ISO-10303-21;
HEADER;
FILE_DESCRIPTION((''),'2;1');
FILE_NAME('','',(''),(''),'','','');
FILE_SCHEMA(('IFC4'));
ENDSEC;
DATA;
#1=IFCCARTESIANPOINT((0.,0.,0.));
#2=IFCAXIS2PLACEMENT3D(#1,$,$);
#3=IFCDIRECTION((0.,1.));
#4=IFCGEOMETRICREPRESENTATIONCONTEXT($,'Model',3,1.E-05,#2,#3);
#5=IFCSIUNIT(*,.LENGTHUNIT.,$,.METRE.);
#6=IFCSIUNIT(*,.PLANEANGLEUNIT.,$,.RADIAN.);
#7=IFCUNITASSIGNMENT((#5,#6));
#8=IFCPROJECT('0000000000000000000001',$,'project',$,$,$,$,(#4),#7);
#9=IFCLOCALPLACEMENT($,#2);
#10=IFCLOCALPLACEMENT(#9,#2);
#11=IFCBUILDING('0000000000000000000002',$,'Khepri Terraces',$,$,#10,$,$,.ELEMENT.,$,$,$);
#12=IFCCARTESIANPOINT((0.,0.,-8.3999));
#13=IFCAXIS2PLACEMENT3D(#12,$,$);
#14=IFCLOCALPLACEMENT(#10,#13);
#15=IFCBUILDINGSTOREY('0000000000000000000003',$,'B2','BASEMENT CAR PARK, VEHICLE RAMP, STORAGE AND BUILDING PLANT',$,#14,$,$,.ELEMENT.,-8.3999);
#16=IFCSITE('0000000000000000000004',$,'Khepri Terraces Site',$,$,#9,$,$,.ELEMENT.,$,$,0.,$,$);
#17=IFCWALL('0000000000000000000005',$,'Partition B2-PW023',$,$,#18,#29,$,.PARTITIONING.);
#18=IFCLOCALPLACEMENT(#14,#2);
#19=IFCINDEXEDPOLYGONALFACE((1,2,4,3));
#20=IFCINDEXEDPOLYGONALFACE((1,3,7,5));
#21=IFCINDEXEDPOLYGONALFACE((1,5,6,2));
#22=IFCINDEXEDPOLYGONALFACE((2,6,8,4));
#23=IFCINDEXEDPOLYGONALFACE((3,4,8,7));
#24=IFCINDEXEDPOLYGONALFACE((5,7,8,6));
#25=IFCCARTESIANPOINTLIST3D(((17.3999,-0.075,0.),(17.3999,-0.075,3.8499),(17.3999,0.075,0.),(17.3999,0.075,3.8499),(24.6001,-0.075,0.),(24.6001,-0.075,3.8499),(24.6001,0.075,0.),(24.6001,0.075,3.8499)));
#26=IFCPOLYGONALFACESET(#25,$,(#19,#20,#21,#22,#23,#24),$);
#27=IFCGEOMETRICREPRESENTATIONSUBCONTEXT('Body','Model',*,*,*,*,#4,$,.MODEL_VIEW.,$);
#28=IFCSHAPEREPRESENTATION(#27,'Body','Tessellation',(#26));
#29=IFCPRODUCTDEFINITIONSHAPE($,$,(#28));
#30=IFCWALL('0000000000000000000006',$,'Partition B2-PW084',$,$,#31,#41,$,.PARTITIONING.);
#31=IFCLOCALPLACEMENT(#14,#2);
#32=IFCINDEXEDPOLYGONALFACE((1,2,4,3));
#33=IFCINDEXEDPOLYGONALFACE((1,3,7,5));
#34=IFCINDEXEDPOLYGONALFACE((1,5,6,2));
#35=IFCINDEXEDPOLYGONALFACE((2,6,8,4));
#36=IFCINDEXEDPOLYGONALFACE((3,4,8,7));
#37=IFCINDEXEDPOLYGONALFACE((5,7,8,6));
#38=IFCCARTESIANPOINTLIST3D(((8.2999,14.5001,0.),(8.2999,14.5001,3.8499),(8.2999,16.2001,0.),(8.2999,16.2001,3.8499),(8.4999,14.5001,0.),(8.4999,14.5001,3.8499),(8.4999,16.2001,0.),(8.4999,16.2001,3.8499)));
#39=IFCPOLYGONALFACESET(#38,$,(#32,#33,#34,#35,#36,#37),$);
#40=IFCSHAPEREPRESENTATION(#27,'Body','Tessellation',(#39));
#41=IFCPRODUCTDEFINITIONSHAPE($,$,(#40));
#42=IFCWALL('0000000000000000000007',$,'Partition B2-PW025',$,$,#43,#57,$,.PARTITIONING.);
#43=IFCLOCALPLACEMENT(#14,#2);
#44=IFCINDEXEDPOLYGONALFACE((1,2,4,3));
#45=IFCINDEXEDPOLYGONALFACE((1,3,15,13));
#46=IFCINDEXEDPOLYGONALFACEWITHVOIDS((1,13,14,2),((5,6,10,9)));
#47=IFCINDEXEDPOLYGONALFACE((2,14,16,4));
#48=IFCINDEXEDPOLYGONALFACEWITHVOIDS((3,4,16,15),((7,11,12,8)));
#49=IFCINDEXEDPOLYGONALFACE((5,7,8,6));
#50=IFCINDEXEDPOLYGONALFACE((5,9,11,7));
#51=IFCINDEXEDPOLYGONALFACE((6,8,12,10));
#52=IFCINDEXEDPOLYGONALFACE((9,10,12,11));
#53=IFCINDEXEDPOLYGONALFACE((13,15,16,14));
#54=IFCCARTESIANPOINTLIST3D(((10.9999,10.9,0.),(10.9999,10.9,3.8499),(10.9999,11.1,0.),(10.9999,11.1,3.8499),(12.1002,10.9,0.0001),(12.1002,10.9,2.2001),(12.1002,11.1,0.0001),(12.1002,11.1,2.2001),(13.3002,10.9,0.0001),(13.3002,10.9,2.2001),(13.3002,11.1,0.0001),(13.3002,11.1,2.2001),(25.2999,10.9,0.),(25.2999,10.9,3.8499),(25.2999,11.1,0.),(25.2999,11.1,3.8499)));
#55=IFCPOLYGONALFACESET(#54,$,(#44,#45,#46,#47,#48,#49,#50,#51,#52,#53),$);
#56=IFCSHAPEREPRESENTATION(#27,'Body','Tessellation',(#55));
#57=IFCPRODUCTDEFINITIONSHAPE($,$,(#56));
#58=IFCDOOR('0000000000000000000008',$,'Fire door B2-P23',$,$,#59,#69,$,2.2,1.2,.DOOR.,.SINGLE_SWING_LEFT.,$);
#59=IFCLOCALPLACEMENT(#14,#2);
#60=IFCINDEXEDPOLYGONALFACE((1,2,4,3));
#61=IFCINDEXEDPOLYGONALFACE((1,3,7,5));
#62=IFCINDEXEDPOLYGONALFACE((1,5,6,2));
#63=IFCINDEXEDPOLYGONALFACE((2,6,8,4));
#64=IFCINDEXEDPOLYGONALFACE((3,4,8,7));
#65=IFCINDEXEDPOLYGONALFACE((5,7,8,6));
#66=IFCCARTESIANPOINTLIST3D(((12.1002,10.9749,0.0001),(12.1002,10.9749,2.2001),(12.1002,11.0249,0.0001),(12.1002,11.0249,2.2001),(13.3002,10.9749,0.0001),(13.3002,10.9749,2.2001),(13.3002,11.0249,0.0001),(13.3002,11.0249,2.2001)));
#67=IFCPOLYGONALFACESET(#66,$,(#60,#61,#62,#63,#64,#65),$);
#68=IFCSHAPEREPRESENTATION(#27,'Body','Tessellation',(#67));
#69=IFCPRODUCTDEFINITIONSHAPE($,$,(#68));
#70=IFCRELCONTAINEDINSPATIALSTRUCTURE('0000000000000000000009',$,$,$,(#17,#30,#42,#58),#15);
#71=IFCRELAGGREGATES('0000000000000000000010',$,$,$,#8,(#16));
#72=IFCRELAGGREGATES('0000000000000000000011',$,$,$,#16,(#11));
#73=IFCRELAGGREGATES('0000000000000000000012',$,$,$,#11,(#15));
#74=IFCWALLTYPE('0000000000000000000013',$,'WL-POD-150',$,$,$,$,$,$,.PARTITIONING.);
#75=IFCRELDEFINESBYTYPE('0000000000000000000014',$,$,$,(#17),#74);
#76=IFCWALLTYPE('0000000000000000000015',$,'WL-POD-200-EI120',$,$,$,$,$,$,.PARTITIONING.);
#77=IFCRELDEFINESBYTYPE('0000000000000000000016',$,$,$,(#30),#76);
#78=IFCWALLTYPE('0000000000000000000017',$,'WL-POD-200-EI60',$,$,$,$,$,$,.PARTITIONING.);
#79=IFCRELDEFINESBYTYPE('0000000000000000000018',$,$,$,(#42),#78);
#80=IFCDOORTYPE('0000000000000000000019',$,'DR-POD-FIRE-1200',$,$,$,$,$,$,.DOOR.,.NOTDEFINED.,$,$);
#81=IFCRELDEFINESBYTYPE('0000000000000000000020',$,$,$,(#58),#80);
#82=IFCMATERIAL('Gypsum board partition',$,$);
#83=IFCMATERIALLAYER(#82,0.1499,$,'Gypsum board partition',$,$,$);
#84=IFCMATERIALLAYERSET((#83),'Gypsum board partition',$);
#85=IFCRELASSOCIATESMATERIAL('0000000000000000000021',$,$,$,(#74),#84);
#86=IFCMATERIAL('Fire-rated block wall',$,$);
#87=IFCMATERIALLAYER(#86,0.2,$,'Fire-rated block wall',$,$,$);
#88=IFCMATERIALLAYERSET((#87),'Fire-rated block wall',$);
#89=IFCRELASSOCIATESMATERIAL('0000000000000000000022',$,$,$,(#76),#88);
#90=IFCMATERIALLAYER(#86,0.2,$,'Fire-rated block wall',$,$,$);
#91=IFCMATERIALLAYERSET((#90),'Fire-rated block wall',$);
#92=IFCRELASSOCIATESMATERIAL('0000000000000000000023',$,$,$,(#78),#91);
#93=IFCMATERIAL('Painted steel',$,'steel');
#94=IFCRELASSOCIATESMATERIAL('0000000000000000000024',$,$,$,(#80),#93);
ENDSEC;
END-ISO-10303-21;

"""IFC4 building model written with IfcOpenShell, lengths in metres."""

from ifc_helpers import new_model, si_unit, direction, frame, frame_2d, origin, place, context, subcontext, project, spatial, rectangle, extrude, material, layer, layer_set, type_object, element, fill, save


model = new_model("IFC4")

# Units and contexts
model_context = context("Model", 3, precision=1e-05, world=origin(), true_north=direction((0.0, 1.0)))
body_context = subcontext(model_context, "Body", "Model", "MODEL_VIEW")
ifc_project = project(units=[si_unit("LENGTHUNIT", "METRE"), si_unit("PLANEANGLEUNIT", "RADIAN")], contexts=[model_context])

# Site, building, storey
site_placement = place(None, origin())
site = spatial("IfcSite", under=ifc_project, at=site_placement, Name="Khepri Terraces Site", CompositionType="ELEMENT", RefElevation=0.0)
building_placement = place(site_placement, origin())
building = spatial("IfcBuilding", under=site, at=building_placement, Name="Khepri Terraces", CompositionType="ELEMENT")
storey_placement = place(building_placement, frame((0.0, 0.0, -8.3999)))
storey = spatial("IfcBuildingStorey", under=building, at=storey_placement, Name="B2", Description="BASEMENT CAR PARK, VEHICLE RAMP, STORAGE AND BUILDING PLANT", CompositionType="ELEMENT", Elevation=-8.3999)

# Walls
ifc_material_1 = material(Name="Gypsum board partition")
ifc_layer_1 = layer(ifc_material_1, 0.1499, Name="Gypsum board partition")
ifc_layer_set_1 = layer_set([ifc_layer_1], Name="Gypsum board partition")
wall_type_1 = type_object("IfcWallType", Name="WL-POD-150", PredefinedType="PARTITIONING", material=ifc_layer_set_1)
wall_1_placement = place(storey_placement, frame((17.3999, 0.0, 0.0), z_axis=(0.0, 0.0, 1.0), x_axis=(1.0, 0.0, 0.0)))
element("IfcWall", 1, at=wall_1_placement, inside=storey, type_object=wall_type_1, Name="Partition B2-PW023", PredefinedType="PARTITIONING", context=body_context, shape_type="SweptSolid", body=[
    extrude(rectangle(XDim=7.2002, YDim=0.1499, at=frame_2d((3.6001, 0.0))), origin(), (0.0, 0.0, 1.0), 3.8499),
])
ifc_material_2 = material(Name="Fire-rated block wall")
ifc_layer_2 = layer(ifc_material_2, 0.2, Name="Fire-rated block wall")
ifc_layer_set_2 = layer_set([ifc_layer_2], Name="Fire-rated block wall")
wall_type_2 = type_object("IfcWallType", Name="WL-POD-200-EI120", PredefinedType="PARTITIONING", material=ifc_layer_set_2)
wall_2_placement = place(storey_placement, frame((8.3999, 14.5, 0.0), z_axis=(0.0, 0.0, 1.0), x_axis=(0.0, 1.0, 0.0)))
element("IfcWall", 2, at=wall_2_placement, inside=storey, type_object=wall_type_2, Name="Partition B2-PW084", PredefinedType="PARTITIONING", context=body_context, shape_type="SweptSolid", body=[
    extrude(rectangle(XDim=1.7, YDim=0.2, at=frame_2d((0.8501, 0.0))), origin(), (0.0, 0.0, 1.0), 3.8499),
])

# Wall, opening, door
ifc_layer_3 = layer(ifc_material_2, 0.2, Name="Fire-rated block wall")
ifc_layer_set_3 = layer_set([ifc_layer_3], Name="Fire-rated block wall")
wall_type_3 = type_object("IfcWallType", Name="WL-POD-200-EI60", PredefinedType="PARTITIONING", material=ifc_layer_set_3)
wall_3_placement = place(storey_placement, frame((11.0, 11.0, 0.0), z_axis=(0.0, 0.0, 1.0), x_axis=(1.0, 0.0, 0.0)))
wall_3 = element("IfcWall", 3, at=wall_3_placement, inside=storey, type_object=wall_type_3, Name="Partition B2-PW025", PredefinedType="PARTITIONING", context=body_context, shape_type="SweptSolid", body=[
    extrude(rectangle(XDim=14.3, YDim=0.2, at=frame_2d((7.1499, 0.0))), origin(), (0.0, 0.0, 1.0), 3.8499),
])
opening_placement = place(wall_3_placement, frame((1.1001, 0.0, 0.0)))
opening = element("IfcOpeningElement", 4, at=opening_placement, cuts=wall_3, PredefinedType="OPENING", context=body_context, shape_type="SweptSolid", body=[
    extrude(rectangle(XDim=1.2, YDim=2.2, at=frame_2d((0.6001, 1.1001))), frame((0.0, 0.1099, 0.0), z_axis=(0.0, -1.0, 0.0), x_axis=(1.0, 0.0, 0.0)), (0.0, 0.0, 1.0), 0.22),
])
ifc_material_3 = material(Name="Painted steel", Category="steel")
door_type = type_object("IfcDoorType", Name="DR-POD-FIRE-1200", OperationType="NOTDEFINED", PredefinedType="DOOR", material=ifc_material_3)
door_placement = place(opening_placement, origin())
door = element("IfcDoor", 5, at=door_placement, inside=storey, type_object=door_type, Name="Fire door B2-P23", OperationType="SINGLE_SWING_LEFT", OverallHeight=2.2, OverallWidth=1.2, PredefinedType="DOOR", context=body_context, shape_type="SweptSolid", body=[
    extrude(rectangle(XDim=1.2, YDim=2.2, at=frame_2d((0.6001, 1.1001))), frame((0.0, 0.0249, 0.0), z_axis=(0.0, -1.0, 0.0), x_axis=(1.0, 0.0, 0.0)), (0.0, 0.0, 1.0), 0.05),
])
fill(opening, door)

save(model, "model.ifc")
